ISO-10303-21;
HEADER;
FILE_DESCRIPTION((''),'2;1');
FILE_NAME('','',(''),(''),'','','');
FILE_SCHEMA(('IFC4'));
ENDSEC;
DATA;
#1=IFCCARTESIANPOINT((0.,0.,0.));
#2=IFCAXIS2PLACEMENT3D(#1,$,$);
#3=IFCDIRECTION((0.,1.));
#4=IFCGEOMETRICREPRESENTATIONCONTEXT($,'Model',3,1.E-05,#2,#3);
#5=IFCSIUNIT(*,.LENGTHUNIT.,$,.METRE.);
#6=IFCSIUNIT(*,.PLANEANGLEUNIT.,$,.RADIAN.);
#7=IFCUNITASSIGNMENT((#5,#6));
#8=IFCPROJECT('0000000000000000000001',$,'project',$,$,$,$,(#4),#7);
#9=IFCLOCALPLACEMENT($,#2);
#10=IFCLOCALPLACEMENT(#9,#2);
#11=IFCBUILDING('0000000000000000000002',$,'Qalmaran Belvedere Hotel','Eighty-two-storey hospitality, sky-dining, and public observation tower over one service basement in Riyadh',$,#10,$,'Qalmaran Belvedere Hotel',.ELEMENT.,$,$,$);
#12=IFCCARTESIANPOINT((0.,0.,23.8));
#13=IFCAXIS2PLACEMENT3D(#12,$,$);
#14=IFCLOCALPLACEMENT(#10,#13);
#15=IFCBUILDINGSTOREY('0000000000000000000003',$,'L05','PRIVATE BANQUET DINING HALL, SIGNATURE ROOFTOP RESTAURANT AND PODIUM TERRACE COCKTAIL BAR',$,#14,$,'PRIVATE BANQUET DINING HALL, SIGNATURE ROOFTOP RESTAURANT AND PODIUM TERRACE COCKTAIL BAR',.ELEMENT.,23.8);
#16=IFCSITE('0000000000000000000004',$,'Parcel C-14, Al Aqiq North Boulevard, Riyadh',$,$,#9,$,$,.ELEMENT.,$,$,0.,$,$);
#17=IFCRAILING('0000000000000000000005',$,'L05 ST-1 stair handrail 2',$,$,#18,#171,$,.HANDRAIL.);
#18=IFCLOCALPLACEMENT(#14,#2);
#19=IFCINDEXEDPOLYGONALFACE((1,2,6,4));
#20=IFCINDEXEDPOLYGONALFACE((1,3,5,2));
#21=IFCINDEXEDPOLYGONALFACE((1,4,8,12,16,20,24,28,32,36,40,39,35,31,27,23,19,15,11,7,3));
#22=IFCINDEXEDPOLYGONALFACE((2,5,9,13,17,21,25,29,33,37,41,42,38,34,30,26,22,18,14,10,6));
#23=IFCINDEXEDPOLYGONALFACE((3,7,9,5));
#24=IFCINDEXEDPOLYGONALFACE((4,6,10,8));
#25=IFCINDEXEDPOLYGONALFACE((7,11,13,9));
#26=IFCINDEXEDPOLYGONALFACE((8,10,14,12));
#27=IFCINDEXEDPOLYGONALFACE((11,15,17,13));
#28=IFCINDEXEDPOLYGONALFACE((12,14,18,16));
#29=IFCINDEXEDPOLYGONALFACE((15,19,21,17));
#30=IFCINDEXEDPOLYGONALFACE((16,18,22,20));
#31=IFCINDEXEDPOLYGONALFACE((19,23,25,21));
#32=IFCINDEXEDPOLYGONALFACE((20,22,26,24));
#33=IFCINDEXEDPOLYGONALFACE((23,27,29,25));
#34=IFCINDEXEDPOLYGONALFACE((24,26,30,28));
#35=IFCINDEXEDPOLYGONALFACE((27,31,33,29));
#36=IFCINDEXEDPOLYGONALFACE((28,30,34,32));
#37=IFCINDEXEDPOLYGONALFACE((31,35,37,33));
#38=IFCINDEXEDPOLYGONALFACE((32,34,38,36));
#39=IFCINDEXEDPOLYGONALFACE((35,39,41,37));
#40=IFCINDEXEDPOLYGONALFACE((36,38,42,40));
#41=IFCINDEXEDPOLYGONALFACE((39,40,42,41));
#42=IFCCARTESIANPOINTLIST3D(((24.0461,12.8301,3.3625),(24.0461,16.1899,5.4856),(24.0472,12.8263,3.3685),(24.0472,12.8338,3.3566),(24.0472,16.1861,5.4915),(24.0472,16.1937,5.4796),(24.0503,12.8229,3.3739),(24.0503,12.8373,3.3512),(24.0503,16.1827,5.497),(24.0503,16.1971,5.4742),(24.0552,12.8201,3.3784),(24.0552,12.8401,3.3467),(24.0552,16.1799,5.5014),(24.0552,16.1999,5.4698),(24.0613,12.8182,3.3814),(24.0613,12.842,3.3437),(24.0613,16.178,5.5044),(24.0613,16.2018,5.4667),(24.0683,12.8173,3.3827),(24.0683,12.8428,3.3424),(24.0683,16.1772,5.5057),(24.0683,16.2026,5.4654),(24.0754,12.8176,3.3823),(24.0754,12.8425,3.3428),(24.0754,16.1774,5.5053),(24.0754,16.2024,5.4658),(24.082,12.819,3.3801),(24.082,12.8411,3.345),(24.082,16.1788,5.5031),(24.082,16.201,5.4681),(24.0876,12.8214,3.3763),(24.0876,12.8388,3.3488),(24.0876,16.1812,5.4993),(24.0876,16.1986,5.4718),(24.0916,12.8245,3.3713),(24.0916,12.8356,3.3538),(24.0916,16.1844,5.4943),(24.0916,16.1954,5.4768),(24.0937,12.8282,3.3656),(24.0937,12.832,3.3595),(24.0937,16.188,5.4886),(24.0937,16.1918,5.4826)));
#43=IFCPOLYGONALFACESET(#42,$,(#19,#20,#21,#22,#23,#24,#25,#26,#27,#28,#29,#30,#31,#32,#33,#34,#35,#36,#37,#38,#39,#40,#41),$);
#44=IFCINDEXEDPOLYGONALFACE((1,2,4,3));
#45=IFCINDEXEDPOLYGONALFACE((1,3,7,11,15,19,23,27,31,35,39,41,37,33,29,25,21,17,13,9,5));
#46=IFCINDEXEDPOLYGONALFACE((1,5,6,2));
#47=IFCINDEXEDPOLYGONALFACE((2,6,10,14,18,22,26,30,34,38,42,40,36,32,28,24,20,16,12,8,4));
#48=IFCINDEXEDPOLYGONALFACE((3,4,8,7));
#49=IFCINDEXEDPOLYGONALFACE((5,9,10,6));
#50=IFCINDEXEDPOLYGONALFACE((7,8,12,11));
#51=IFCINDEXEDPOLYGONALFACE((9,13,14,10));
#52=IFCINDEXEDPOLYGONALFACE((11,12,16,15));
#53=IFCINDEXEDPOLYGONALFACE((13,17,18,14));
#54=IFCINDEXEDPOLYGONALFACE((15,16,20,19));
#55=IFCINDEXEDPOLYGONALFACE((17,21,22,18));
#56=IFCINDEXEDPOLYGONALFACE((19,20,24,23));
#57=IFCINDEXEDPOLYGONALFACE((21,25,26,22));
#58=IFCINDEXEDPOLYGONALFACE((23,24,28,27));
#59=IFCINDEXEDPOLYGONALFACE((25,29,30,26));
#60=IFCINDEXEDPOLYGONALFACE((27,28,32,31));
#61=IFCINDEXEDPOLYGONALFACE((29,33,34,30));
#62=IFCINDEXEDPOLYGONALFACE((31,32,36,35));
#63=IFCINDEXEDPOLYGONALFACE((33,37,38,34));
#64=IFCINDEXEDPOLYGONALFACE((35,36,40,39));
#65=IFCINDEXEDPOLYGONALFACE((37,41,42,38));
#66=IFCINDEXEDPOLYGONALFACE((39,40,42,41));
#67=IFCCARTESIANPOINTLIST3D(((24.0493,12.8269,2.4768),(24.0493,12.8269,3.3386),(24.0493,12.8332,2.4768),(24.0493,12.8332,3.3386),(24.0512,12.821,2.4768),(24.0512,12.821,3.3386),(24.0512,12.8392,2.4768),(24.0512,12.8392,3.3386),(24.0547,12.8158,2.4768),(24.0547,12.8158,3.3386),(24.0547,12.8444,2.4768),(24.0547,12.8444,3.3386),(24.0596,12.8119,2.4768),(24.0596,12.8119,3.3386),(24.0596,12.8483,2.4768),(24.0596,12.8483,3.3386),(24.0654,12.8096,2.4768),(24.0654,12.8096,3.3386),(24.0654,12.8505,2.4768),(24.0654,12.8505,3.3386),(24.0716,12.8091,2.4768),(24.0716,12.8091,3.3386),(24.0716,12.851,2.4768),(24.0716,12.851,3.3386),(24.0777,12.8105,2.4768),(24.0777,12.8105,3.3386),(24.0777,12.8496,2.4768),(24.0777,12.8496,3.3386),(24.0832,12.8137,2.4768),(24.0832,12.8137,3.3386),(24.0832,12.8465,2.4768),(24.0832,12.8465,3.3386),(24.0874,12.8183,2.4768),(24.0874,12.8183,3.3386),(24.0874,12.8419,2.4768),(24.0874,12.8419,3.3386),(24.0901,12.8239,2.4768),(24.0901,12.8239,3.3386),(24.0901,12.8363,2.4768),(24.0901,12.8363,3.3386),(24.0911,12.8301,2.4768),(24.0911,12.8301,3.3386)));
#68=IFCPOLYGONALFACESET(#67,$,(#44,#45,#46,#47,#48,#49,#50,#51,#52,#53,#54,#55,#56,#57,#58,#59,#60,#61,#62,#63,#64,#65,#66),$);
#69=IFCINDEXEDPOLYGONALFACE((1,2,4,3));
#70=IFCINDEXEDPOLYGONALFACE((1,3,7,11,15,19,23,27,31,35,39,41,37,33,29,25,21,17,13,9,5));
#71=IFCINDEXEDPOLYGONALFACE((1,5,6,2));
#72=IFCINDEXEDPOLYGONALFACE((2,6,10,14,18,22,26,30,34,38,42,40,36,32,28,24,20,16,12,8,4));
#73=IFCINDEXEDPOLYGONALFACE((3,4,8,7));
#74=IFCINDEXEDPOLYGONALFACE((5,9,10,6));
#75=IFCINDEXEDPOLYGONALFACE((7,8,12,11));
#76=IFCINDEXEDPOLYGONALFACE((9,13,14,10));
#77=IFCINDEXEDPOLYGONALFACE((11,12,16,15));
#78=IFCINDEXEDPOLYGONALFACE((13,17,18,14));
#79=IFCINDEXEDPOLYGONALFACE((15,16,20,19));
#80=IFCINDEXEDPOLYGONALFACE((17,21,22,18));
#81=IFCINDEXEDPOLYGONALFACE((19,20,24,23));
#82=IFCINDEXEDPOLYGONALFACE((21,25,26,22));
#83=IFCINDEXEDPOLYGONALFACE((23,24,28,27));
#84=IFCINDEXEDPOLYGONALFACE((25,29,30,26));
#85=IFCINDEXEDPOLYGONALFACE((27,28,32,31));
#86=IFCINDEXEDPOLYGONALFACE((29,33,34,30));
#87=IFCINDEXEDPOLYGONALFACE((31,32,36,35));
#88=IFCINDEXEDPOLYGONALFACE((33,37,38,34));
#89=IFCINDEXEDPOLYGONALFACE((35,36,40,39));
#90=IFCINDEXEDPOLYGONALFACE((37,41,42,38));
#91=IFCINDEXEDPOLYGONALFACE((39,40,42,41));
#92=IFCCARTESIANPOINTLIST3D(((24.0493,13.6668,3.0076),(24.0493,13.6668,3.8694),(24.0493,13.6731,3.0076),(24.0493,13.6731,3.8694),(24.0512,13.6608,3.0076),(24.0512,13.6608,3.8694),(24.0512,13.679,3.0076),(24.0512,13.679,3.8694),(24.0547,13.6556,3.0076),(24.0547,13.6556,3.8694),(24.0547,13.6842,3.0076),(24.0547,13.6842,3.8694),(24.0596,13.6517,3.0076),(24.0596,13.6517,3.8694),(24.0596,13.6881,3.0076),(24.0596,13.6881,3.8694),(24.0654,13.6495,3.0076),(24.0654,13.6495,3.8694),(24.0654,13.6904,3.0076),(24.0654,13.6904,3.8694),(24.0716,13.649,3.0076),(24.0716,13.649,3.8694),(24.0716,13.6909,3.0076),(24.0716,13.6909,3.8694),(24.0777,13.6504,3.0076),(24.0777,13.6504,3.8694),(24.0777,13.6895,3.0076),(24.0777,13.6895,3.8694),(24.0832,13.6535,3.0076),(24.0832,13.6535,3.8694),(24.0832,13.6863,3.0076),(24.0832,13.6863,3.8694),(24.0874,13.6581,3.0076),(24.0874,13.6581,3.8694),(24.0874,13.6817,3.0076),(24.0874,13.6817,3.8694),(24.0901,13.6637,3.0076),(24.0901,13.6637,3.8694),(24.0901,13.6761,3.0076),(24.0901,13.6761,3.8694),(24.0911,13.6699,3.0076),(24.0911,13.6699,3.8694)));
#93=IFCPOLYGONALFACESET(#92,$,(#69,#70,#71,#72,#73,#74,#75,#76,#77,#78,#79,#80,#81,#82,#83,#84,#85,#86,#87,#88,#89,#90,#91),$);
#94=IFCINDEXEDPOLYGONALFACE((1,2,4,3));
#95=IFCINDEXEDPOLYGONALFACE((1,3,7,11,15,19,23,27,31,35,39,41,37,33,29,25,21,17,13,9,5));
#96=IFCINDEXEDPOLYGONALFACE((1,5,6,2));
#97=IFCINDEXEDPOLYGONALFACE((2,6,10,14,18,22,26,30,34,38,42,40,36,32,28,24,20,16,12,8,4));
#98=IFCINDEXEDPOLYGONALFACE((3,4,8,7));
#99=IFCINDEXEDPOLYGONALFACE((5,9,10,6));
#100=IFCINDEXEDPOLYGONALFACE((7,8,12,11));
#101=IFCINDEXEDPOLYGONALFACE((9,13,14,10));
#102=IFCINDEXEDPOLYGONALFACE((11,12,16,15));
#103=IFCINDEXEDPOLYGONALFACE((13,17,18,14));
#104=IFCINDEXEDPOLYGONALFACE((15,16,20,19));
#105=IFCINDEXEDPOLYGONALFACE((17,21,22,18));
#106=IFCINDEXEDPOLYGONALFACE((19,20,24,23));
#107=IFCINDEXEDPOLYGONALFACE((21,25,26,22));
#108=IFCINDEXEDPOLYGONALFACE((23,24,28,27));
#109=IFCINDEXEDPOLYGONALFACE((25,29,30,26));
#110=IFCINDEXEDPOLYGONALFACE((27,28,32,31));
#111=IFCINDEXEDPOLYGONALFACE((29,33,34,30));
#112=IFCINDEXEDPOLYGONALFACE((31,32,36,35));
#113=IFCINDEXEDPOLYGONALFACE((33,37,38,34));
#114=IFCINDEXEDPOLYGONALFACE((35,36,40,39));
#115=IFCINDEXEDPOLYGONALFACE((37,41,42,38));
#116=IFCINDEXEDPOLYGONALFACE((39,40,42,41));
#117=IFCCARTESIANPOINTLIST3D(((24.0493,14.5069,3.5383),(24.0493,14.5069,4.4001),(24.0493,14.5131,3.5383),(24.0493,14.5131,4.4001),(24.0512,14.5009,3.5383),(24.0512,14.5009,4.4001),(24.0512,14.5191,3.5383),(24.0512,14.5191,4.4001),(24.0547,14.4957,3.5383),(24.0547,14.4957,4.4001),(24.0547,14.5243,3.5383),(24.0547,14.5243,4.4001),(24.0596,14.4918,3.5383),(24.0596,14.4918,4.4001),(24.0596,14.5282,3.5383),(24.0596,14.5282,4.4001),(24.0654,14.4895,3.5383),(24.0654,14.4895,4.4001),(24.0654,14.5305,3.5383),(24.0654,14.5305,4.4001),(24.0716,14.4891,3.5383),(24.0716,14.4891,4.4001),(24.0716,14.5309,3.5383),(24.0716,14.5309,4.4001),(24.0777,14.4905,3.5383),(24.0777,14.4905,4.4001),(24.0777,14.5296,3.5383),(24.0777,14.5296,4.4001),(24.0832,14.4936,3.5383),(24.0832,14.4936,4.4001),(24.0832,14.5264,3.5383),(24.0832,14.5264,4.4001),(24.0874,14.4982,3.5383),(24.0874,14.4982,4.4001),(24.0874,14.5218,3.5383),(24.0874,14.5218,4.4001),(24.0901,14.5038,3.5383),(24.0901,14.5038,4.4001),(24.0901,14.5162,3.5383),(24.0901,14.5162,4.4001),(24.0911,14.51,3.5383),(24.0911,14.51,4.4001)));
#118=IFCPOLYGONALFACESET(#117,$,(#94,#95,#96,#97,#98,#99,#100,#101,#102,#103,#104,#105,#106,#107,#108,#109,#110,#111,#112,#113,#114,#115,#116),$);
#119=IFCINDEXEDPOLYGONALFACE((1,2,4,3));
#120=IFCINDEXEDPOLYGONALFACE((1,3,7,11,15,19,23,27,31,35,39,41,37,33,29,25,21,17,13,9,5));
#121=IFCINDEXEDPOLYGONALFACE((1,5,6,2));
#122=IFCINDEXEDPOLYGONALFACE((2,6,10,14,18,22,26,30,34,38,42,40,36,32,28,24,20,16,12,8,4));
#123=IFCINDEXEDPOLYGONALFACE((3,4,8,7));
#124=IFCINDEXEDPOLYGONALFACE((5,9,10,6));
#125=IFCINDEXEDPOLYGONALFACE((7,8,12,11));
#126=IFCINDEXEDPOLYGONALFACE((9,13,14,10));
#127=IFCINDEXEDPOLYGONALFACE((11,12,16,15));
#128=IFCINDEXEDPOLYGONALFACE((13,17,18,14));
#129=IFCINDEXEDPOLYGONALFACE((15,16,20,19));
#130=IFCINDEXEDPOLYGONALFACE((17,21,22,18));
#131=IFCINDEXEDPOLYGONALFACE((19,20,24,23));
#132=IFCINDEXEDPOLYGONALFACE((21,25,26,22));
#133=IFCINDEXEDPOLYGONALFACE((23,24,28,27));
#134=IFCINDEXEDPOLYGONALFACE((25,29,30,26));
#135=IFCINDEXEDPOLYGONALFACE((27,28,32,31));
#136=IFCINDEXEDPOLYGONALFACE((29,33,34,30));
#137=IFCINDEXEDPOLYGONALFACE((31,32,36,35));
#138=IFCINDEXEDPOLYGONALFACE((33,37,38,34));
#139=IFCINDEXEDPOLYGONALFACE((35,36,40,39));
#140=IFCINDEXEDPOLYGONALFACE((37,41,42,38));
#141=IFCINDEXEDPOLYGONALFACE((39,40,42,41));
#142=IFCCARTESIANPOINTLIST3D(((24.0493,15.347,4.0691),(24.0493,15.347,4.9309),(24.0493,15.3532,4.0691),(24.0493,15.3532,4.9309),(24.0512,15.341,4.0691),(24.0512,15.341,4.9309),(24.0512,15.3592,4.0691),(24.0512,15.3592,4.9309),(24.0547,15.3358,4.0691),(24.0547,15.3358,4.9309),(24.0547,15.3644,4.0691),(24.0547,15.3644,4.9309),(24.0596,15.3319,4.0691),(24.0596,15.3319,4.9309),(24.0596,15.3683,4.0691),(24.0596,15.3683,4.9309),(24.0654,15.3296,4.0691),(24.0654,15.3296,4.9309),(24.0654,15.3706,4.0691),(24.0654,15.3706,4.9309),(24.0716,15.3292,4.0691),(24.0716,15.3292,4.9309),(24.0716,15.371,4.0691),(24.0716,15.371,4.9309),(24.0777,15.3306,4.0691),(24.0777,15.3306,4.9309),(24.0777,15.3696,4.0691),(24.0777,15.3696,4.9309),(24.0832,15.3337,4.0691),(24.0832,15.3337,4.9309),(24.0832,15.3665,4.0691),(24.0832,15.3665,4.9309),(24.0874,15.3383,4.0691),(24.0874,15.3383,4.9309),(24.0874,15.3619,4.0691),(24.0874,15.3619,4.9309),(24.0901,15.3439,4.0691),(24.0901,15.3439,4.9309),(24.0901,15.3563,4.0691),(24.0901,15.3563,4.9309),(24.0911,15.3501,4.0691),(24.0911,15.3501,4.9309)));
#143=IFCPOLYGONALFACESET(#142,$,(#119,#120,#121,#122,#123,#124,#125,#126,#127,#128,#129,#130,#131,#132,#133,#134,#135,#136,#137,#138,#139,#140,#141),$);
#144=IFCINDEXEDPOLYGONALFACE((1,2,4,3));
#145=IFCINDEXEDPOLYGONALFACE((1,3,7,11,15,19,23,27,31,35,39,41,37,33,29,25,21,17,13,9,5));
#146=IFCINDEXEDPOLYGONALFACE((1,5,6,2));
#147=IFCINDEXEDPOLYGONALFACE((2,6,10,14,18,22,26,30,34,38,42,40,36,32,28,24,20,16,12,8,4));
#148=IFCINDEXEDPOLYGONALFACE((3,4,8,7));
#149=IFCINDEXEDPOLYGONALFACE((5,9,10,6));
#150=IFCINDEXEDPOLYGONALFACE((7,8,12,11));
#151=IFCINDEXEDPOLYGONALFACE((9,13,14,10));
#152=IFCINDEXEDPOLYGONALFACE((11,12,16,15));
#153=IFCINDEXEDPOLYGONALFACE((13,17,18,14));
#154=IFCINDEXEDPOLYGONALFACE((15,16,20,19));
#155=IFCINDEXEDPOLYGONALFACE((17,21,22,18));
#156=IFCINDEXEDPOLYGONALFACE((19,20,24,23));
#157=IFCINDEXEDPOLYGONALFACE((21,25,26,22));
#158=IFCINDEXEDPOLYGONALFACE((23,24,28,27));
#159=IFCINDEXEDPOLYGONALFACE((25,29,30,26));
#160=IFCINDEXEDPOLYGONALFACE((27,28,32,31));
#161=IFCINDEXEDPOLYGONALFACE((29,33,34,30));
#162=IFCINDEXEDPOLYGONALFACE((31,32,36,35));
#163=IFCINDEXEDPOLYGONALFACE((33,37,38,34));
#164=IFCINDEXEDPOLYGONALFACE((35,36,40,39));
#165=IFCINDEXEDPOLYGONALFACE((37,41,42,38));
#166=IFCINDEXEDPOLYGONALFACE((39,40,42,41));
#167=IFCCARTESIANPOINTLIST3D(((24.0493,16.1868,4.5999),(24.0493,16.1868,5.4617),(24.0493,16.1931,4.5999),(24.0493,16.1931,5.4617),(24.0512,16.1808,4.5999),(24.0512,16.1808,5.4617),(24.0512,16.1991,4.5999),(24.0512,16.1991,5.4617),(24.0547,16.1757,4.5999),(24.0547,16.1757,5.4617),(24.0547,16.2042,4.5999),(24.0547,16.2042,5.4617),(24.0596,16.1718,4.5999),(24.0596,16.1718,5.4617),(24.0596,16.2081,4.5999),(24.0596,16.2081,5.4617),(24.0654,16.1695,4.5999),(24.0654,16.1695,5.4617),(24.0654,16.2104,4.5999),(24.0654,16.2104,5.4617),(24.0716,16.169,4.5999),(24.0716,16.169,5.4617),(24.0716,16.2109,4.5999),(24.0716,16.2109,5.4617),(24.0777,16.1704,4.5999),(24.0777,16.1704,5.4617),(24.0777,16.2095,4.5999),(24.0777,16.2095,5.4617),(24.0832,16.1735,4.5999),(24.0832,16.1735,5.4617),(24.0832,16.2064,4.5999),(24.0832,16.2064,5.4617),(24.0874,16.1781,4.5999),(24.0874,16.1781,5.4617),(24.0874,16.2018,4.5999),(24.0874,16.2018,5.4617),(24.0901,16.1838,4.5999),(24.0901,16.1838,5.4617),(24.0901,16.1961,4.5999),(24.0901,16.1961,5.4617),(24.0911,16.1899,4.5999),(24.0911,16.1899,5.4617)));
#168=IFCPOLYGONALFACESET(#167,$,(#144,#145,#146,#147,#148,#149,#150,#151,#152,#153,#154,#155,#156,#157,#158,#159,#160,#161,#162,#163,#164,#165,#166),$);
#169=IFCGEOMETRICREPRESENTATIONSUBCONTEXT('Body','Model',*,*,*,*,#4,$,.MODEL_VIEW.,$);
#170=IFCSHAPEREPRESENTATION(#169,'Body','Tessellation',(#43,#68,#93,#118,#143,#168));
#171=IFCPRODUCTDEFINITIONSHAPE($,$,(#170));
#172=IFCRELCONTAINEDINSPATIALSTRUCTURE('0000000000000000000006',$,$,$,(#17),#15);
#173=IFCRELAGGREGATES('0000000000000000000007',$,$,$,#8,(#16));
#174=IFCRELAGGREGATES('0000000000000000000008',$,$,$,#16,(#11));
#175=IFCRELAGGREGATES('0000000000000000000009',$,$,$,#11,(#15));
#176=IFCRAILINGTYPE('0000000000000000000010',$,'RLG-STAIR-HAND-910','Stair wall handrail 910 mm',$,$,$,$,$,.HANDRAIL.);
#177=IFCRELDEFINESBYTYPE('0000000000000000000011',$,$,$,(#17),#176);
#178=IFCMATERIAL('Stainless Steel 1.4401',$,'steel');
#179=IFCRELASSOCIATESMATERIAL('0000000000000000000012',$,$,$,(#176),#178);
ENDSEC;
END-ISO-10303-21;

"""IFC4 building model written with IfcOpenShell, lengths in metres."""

from ifc_helpers import new_model, si_unit, direction, frame, origin, origin_2d, place, context, subcontext, project, spatial, circle, extrude, material, type_object, element, save


model = new_model("IFC4")

# Units and contexts
model_context = context("Model", 3, precision=1e-05, world=origin(), true_north=direction((0.0, 1.0)))
body_context = subcontext(model_context, "Body", "Model", "MODEL_VIEW")
ifc_project = project(units=[si_unit("LENGTHUNIT", "METRE"), si_unit("PLANEANGLEUNIT", "RADIAN")], contexts=[model_context])

# Site, building, storey
site_placement = place(None, origin())
site = spatial("IfcSite", under=ifc_project, at=site_placement, Name="Parcel C-14, Al Aqiq North Boulevard, Riyadh", CompositionType="ELEMENT", RefElevation=0.0)
building_placement = place(site_placement, origin())
building = spatial("IfcBuilding", under=site, at=building_placement, Name="Qalmaran Belvedere Hotel", Description="Eighty-two-storey hospitality, sky-dining, and public observation tower over one service basement in Riyadh", LongName="Qalmaran Belvedere Hotel", CompositionType="ELEMENT")
storey_placement = place(building_placement, frame((0.0, 0.0, 23.8)))
storey = spatial("IfcBuildingStorey", under=building, at=storey_placement, Name="L05", Description="PRIVATE BANQUET DINING HALL, SIGNATURE ROOFTOP RESTAURANT AND PODIUM TERRACE COCKTAIL BAR", LongName="PRIVATE BANQUET DINING HALL, SIGNATURE ROOFTOP RESTAURANT AND PODIUM TERRACE COCKTAIL BAR", CompositionType="ELEMENT", Elevation=23.8)

# Railing
ifc_material_1 = material(Name="Stainless Steel 1.4401", Category="steel")
railing_type_1 = type_object("IfcRailingType", Name="RLG-STAIR-HAND-910", Description="Stair wall handrail 910 mm", PredefinedType="HANDRAIL", material=ifc_material_1)
railing_1_placement = place(storey_placement, frame((24.0701, 12.8301, 2.4768)))
element("IfcRailing", 1, at=railing_1_placement, inside=storey, type_object=railing_type_1, Name="L05 ST-1 stair handrail 2", PredefinedType="HANDRAIL", context=body_context, shape_type="SweptSolid", body=[
    extrude(circle(Radius=0.0239, at=origin_2d()), frame((0.0, 0.0, 0.8857), z_axis=(0.0, 0.845372, 0.534178), x_axis=(-1.0, 0.0, 0.0)), (0.0, 0.0, 1.0), 3.9744),
    extrude(circle(Radius=0.021, at=origin_2d()), origin(), (0.0, 0.0, 1.0), 0.8618),
    extrude(circle(Radius=0.021, at=origin_2d()), frame((0.0, 0.8398, 0.5308)), (0.0, 0.0, 1.0), 0.8618),
    extrude(circle(Radius=0.021, at=origin_2d()), frame((0.0, 1.6799, 1.0615)), (0.0, 0.0, 1.0), 0.8618),
    extrude(circle(Radius=0.021, at=origin_2d()), frame((0.0, 2.52, 1.5923)), (0.0, 0.0, 1.0), 0.8618),
    extrude(circle(Radius=0.021, at=origin_2d()), frame((0.0, 3.3599, 2.123)), (0.0, 0.0, 1.0), 0.8618),
])

save(model, "model.ifc")
